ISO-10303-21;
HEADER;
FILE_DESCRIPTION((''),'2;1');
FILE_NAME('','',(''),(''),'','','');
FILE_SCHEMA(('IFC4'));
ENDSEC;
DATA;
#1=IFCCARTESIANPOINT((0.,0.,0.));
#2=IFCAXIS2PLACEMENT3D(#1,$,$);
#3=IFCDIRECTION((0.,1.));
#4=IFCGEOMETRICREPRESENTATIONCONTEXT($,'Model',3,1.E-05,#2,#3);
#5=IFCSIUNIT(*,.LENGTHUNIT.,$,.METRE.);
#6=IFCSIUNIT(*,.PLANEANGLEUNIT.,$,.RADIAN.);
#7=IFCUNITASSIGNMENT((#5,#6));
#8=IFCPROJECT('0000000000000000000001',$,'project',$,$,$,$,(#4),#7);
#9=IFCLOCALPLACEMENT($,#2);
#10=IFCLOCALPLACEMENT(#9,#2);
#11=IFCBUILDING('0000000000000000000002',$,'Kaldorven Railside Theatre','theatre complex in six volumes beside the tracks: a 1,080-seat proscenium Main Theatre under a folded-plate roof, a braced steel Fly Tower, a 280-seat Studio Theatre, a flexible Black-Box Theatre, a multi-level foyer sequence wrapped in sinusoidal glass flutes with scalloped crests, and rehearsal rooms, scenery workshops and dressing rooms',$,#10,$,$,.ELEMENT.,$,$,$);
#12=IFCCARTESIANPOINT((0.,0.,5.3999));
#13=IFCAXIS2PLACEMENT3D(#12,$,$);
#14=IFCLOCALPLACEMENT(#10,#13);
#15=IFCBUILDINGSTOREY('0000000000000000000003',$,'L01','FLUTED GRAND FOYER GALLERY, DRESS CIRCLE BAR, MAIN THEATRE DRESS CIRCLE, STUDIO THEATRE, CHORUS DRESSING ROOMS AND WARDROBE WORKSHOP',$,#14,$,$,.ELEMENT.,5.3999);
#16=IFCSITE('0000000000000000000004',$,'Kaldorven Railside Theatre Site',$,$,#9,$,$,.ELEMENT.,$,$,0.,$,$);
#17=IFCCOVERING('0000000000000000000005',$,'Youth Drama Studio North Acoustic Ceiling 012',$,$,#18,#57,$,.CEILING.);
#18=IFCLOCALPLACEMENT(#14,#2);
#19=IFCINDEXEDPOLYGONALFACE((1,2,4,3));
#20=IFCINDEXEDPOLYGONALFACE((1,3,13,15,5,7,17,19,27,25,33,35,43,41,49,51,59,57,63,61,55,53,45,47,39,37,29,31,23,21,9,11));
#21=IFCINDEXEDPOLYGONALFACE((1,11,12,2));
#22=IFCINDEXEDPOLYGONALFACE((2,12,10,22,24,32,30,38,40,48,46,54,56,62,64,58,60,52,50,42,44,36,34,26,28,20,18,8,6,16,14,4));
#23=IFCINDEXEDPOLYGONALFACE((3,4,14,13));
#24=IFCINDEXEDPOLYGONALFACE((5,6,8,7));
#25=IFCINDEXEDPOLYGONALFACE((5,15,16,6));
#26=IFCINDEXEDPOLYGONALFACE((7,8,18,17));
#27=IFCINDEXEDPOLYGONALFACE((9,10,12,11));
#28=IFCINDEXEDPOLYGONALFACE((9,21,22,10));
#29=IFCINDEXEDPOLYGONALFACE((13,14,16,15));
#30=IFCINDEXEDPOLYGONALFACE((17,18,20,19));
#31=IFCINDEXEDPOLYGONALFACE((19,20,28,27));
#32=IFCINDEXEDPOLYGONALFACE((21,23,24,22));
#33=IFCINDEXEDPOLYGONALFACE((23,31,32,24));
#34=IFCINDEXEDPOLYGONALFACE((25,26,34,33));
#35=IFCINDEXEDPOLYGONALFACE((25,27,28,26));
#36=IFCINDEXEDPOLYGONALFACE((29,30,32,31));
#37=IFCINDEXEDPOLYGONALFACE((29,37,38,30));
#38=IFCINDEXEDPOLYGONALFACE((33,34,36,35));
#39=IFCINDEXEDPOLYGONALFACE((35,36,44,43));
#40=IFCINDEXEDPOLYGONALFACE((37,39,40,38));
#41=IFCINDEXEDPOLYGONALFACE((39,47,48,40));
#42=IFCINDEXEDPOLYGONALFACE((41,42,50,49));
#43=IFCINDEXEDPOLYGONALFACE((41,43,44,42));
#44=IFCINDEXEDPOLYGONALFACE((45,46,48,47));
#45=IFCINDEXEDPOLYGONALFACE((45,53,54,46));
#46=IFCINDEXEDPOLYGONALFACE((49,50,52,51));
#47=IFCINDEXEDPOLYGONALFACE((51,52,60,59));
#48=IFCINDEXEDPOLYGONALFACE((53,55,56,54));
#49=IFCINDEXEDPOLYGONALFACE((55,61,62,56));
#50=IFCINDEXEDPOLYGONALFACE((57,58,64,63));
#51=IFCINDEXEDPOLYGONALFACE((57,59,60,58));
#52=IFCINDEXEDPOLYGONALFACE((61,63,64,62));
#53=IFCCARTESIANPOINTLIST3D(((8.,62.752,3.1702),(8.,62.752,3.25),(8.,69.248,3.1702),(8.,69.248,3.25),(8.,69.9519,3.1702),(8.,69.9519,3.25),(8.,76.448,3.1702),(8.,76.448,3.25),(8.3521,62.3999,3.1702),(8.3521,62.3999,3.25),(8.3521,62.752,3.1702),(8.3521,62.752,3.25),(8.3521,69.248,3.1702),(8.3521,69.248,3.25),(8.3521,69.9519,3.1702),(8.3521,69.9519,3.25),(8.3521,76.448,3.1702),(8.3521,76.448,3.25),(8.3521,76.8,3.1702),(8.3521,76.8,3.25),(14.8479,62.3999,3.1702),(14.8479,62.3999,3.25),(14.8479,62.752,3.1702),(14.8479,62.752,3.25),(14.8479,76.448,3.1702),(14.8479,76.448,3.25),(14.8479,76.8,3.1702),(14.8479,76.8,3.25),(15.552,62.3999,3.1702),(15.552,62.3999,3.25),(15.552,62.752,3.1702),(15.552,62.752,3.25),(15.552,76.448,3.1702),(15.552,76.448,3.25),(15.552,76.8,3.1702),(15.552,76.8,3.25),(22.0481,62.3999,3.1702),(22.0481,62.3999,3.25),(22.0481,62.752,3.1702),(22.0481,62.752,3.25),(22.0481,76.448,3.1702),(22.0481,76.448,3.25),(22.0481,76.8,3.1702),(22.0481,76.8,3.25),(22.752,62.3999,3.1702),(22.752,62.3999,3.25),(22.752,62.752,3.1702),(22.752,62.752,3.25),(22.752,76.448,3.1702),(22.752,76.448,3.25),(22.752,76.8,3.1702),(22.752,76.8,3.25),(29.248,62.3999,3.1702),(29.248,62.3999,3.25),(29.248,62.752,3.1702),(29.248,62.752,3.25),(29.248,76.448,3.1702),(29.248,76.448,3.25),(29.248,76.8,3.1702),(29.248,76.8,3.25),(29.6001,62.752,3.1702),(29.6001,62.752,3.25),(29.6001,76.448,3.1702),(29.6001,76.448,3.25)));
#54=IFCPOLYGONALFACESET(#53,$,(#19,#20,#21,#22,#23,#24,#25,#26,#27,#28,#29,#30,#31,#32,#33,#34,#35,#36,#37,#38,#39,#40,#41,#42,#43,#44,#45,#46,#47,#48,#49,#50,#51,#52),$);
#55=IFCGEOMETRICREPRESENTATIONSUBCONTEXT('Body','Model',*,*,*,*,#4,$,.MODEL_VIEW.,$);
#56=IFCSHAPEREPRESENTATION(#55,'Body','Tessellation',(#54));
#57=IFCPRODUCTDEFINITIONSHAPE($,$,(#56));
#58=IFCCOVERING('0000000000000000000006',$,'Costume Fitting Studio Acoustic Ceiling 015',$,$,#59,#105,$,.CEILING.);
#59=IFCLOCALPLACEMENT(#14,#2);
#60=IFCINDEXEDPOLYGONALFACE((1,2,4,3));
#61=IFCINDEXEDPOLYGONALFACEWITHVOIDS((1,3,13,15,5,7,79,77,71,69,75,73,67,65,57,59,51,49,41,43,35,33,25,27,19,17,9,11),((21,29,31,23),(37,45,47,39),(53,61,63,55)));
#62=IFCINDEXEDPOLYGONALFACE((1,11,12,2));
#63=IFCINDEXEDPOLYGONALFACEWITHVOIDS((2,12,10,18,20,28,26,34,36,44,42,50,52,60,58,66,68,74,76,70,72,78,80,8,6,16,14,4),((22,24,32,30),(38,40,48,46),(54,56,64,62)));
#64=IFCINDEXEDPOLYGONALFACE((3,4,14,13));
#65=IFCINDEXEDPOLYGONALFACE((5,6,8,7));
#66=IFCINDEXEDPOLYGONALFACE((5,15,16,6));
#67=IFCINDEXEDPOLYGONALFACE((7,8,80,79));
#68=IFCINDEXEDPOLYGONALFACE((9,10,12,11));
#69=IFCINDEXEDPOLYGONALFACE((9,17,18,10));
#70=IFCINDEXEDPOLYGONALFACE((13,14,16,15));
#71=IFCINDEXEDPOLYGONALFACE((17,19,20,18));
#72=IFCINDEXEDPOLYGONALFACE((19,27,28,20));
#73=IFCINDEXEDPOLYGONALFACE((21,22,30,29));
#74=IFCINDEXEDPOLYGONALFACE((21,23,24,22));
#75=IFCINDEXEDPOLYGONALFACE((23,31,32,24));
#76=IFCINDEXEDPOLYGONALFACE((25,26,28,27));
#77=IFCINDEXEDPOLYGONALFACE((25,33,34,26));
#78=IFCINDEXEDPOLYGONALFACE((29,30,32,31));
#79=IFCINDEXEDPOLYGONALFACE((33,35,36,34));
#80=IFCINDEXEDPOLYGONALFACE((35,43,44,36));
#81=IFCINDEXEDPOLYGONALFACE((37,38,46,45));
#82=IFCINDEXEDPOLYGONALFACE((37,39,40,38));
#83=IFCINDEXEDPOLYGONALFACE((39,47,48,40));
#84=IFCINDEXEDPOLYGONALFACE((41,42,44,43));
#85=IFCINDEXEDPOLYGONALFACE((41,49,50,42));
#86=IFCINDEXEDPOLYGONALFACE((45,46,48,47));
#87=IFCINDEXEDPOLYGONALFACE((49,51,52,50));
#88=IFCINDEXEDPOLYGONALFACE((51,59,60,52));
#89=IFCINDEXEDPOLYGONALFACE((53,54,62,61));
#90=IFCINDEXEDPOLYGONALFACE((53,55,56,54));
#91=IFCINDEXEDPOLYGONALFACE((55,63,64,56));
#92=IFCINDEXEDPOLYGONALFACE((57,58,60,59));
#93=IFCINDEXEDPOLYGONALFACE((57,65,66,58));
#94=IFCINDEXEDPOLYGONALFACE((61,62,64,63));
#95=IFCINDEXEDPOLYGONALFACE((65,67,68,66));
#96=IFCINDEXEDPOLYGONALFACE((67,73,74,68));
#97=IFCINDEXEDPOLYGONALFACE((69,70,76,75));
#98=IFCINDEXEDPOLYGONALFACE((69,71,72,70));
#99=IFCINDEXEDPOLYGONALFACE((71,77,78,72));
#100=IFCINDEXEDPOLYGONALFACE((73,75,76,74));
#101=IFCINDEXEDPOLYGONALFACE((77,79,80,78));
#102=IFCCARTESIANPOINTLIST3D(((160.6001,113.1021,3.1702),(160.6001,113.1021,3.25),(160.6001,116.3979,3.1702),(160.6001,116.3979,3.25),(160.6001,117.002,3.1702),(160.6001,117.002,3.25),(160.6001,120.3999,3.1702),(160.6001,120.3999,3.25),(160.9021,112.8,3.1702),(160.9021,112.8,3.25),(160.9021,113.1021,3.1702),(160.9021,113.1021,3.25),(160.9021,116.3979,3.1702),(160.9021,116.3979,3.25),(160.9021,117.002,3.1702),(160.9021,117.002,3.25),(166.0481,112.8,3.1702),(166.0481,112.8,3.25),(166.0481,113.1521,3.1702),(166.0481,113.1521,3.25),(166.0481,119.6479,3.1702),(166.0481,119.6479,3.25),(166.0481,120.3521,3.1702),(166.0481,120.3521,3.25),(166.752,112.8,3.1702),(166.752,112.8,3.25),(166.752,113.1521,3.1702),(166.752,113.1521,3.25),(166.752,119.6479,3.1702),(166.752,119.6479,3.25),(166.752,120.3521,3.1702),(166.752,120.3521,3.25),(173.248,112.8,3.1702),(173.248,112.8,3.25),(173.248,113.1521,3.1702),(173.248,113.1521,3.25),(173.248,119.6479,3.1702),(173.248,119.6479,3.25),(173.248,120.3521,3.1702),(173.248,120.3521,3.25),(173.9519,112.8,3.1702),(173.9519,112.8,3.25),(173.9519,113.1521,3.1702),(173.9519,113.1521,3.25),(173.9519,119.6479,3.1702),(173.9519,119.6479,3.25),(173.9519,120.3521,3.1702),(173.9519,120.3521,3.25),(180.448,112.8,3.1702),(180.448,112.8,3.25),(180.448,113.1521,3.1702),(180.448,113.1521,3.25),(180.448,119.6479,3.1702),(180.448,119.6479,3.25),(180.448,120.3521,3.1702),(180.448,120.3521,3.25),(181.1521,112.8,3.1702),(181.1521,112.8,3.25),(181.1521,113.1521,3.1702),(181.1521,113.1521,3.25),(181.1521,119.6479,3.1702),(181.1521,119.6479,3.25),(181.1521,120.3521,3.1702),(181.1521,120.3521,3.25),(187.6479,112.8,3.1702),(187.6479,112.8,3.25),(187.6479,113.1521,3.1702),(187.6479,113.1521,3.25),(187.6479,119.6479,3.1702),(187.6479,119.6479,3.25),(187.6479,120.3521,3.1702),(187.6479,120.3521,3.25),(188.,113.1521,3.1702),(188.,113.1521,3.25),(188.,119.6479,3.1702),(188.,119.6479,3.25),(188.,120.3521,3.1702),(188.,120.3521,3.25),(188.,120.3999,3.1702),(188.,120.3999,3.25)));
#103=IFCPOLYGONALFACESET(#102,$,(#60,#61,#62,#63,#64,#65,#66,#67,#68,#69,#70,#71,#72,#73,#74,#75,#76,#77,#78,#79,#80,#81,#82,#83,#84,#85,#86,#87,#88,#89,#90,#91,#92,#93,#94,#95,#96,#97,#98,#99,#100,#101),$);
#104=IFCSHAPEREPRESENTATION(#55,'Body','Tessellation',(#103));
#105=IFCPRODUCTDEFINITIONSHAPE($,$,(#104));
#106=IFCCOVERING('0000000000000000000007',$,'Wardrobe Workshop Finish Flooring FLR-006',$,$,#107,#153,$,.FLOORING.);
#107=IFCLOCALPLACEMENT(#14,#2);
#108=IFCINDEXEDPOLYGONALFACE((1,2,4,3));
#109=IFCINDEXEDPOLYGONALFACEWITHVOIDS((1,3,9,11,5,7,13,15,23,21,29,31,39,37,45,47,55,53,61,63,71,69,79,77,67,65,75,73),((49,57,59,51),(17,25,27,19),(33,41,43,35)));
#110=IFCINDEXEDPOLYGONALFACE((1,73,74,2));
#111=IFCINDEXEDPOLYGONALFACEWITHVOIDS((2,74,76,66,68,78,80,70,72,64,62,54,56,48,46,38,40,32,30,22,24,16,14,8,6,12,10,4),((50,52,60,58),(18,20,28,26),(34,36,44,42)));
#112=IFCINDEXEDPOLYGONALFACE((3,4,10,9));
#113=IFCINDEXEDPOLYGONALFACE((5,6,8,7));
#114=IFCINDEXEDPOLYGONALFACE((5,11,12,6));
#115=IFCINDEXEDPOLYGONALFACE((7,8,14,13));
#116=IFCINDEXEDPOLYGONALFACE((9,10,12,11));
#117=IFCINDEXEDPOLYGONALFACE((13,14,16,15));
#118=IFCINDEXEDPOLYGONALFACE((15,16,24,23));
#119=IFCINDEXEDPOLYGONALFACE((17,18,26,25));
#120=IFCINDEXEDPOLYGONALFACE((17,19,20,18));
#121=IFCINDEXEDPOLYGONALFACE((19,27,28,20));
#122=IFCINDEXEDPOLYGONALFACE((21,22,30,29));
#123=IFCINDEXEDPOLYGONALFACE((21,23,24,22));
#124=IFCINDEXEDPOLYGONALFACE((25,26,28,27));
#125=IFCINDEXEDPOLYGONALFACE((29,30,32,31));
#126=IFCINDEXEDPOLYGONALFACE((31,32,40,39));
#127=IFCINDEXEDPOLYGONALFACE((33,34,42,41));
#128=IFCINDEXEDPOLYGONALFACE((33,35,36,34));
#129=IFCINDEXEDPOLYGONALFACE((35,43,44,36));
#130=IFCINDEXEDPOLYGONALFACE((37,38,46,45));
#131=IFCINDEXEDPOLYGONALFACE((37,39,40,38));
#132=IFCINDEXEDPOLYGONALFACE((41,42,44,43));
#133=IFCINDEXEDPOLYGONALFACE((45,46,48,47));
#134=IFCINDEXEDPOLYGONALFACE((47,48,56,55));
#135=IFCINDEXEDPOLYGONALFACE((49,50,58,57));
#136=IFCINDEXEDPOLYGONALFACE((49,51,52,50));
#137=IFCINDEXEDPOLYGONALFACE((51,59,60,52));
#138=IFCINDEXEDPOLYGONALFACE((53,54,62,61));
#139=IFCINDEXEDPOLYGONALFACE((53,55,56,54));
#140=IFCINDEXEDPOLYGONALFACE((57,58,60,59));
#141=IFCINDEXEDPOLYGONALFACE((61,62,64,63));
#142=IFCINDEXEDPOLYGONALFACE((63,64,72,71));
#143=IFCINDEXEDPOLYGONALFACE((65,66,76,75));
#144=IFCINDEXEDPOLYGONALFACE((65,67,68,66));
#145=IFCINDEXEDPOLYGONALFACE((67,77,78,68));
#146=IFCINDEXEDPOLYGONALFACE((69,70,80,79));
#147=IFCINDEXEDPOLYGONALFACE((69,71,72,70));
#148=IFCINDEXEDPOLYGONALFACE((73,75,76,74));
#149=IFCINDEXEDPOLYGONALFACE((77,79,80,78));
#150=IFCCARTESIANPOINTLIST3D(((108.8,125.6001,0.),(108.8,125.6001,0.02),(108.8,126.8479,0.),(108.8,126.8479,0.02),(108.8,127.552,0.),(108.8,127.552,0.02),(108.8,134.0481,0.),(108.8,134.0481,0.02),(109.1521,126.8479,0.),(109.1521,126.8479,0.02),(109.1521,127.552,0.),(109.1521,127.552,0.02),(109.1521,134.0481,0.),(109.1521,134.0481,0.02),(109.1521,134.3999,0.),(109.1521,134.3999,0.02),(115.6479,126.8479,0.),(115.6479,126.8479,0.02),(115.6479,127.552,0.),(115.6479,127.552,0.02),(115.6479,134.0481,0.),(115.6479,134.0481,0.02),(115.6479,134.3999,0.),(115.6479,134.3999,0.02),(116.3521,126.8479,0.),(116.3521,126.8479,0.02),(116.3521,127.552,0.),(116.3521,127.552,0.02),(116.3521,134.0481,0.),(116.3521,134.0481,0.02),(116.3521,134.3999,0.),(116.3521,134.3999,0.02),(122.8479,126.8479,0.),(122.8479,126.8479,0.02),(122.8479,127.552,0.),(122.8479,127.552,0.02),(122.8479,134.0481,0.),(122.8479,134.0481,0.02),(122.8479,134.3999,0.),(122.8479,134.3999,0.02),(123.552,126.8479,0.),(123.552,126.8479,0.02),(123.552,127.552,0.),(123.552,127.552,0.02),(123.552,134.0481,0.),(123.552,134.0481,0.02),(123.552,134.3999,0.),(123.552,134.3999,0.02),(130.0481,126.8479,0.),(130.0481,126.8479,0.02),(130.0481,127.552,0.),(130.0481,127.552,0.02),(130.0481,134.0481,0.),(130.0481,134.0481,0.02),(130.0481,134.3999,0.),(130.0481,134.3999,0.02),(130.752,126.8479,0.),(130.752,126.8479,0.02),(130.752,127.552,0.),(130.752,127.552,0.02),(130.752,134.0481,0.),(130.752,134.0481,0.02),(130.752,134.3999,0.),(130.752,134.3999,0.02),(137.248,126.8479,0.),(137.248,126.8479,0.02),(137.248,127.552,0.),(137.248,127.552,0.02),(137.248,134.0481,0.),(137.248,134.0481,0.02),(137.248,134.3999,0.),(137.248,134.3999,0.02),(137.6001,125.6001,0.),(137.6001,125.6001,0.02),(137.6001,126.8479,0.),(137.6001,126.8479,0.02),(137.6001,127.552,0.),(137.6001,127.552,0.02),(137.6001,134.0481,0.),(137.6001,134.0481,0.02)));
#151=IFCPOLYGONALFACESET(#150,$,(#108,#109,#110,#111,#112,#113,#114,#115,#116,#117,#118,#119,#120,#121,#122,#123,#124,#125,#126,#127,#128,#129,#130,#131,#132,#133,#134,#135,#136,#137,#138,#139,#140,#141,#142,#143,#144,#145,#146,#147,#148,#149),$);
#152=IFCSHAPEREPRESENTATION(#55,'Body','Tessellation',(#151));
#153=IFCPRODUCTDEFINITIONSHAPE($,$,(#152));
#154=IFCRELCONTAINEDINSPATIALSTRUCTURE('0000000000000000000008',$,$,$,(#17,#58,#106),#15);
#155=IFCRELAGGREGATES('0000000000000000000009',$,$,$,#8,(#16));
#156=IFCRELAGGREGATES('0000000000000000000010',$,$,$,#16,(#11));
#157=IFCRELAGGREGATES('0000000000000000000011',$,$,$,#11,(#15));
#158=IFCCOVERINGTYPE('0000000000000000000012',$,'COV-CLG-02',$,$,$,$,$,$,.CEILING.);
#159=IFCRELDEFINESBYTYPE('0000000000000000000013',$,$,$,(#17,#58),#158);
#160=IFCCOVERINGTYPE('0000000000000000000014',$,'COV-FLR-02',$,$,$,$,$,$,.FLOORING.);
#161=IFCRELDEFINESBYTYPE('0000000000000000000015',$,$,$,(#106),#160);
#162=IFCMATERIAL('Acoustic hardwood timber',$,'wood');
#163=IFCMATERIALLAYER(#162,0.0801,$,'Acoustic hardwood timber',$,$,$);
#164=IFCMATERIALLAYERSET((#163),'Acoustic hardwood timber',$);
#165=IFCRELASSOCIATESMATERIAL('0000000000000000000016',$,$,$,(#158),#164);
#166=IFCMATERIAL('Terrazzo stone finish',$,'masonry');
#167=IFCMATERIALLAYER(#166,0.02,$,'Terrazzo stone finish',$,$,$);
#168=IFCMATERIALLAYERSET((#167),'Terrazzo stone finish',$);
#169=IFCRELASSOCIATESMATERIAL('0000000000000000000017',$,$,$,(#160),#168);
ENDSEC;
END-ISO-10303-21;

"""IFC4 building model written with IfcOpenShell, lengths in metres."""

from ifc_helpers import new_model, si_unit, direction, frame, origin, place, context, subcontext, project, spatial, polyline, outline, extrude, material, layer, layer_set, type_object, element, save


model = new_model("IFC4")

# Units and contexts
model_context = context("Model", 3, precision=1e-05, world=origin(), true_north=direction((0.0, 1.0)))
body_context = subcontext(model_context, "Body", "Model", "MODEL_VIEW")
ifc_project = project(units=[si_unit("LENGTHUNIT", "METRE"), si_unit("PLANEANGLEUNIT", "RADIAN")], contexts=[model_context])

# Site, building, storey
site_placement = place(None, origin())
site = spatial("IfcSite", under=ifc_project, at=site_placement, Name="Kaldorven Railside Theatre Site", CompositionType="ELEMENT", RefElevation=0.0)
building_placement = place(site_placement, origin())
building = spatial("IfcBuilding", under=site, at=building_placement, Name="Kaldorven Railside Theatre", Description="theatre complex in six volumes beside the tracks: a 1,080-seat proscenium Main Theatre under a folded-plate roof, a braced steel Fly Tower, a 280-seat Studio Theatre, a flexible Black-Box Theatre, a multi-level foyer sequence wrapped in sinusoidal glass flutes with scalloped crests, and rehearsal rooms, scenery workshops and dressing rooms", CompositionType="ELEMENT")
storey_placement = place(building_placement, frame((0.0, 0.0, 5.3999)))
storey = spatial("IfcBuildingStorey", under=building, at=storey_placement, Name="L01", Description="FLUTED GRAND FOYER GALLERY, DRESS CIRCLE BAR, MAIN THEATRE DRESS CIRCLE, STUDIO THEATRE, CHORUS DRESSING ROOMS AND WARDROBE WORKSHOP", CompositionType="ELEMENT", Elevation=5.3999)

# Coverings
ifc_material_1 = material(Name="Acoustic hardwood timber", Category="wood")
ifc_layer_1 = layer(ifc_material_1, 0.0801, Name="Acoustic hardwood timber")
ifc_layer_set_1 = layer_set([ifc_layer_1], Name="Acoustic hardwood timber")
covering_type_1 = type_object("IfcCoveringType", Name="COV-CLG-02", PredefinedType="CEILING", material=ifc_layer_set_1)
covering_1_placement = place(storey_placement, frame((0.0, 0.0, 3.1702)))
element("IfcCovering", 1, at=covering_1_placement, inside=storey, type_object=covering_type_1, Name="Youth Drama Studio North Acoustic Ceiling 012", PredefinedType="CEILING", context=body_context, shape_type="SweptSolid", body=[
    extrude(outline(polyline([(29.6001, 62.752), (29.248, 62.752), (29.248, 62.3999), (22.752, 62.3999), (22.752, 62.752), (22.0481, 62.752), (22.0481, 62.3999), (15.552, 62.3999), (15.552, 62.752), (14.8479, 62.752), (14.8479, 62.3999), (8.3521, 62.3999), (8.3521, 62.752), (8.0, 62.752), (8.0, 69.248), (8.3521, 69.248), (8.3521, 69.9519), (8.0, 69.9519), (8.0, 76.448), (8.3521, 76.448), (8.3521, 76.8), (14.8479, 76.8), (14.8479, 76.448), (15.552, 76.448), (15.552, 76.8), (22.0481, 76.8), (22.0481, 76.448), (22.752, 76.448), (22.752, 76.8), (29.248, 76.8), (29.248, 76.448), (29.6001, 76.448), (29.6001, 62.752)])), origin(), (0.0, 0.0, 1.0), 0.0798),
])
covering_2_placement = place(storey_placement, frame((0.0, 0.0, 3.1702)))
element("IfcCovering", 2, at=covering_2_placement, inside=storey, type_object=covering_type_1, Name="Costume Fitting Studio Acoustic Ceiling 015", PredefinedType="CEILING", context=body_context, shape_type="SweptSolid", body=[
    extrude(outline(polyline([(188.0, 113.1521), (187.6479, 113.1521), (187.6479, 112.8), (181.1521, 112.8), (181.1521, 113.1521), (180.448, 113.1521), (180.448, 112.8), (173.9519, 112.8), (173.9519, 113.1521), (173.248, 113.1521), (173.248, 112.8), (166.752, 112.8), (166.752, 113.1521), (166.0481, 113.1521), (166.0481, 112.8), (160.9021, 112.8), (160.9021, 113.1021), (160.6001, 113.1021), (160.6001, 116.3979), (160.9021, 116.3979), (160.9021, 117.002), (160.6001, 117.002), (160.6001, 120.3999), (188.0, 120.3999), (188.0, 120.3521), (187.6479, 120.3521), (187.6479, 119.6479), (188.0, 119.6479), (188.0, 113.1521)]), holes=[polyline([(181.1521, 120.3521), (180.448, 120.3521), (180.448, 119.6479), (181.1521, 119.6479), (181.1521, 120.3521)]), polyline([(173.9519, 120.3521), (173.248, 120.3521), (173.248, 119.6479), (173.9519, 119.6479), (173.9519, 120.3521)]), polyline([(166.752, 120.3521), (166.0481, 120.3521), (166.0481, 119.6479), (166.752, 119.6479), (166.752, 120.3521)])]), origin(), (0.0, 0.0, 1.0), 0.0798),
])
ifc_material_2 = material(Name="Terrazzo stone finish", Category="masonry")
ifc_layer_2 = layer(ifc_material_2, 0.02, Name="Terrazzo stone finish")
ifc_layer_set_2 = layer_set([ifc_layer_2], Name="Terrazzo stone finish")
covering_type_2 = type_object("IfcCoveringType", Name="COV-FLR-02", PredefinedType="FLOORING", material=ifc_layer_set_2)
covering_3_placement = place(storey_placement, origin())
element("IfcCovering", 3, at=covering_3_placement, inside=storey, type_object=covering_type_2, Name="Wardrobe Workshop Finish Flooring FLR-006", PredefinedType="FLOORING", context=body_context, shape_type="SweptSolid", body=[
    extrude(outline(polyline([(137.6001, 125.6001), (108.8, 125.6001), (108.8, 126.8479), (109.1521, 126.8479), (109.1521, 127.552), (108.8, 127.552), (108.8, 134.0481), (109.1521, 134.0481), (109.1521, 134.3999), (115.6479, 134.3999), (115.6479, 134.0481), (116.3521, 134.0481), (116.3521, 134.3999), (122.8479, 134.3999), (122.8479, 134.0481), (123.552, 134.0481), (123.552, 134.3999), (130.0481, 134.3999), (130.0481, 134.0481), (130.752, 134.0481), (130.752, 134.3999), (137.248, 134.3999), (137.248, 134.0481), (137.6001, 134.0481), (137.6001, 127.552), (137.248, 127.552), (137.248, 126.8479), (137.6001, 126.8479), (137.6001, 125.6001)]), holes=[polyline([(123.552, 127.552), (122.8479, 127.552), (122.8479, 126.8479), (123.552, 126.8479), (123.552, 127.552)]), polyline([(116.3521, 127.552), (115.6479, 127.552), (115.6479, 126.8479), (116.3521, 126.8479), (116.3521, 127.552)]), polyline([(130.752, 127.552), (130.0481, 127.552), (130.0481, 126.8479), (130.752, 126.8479), (130.752, 127.552)])]), origin(), (0.0, 0.0, 1.0), 0.02),
])

save(model, "model.ifc")
